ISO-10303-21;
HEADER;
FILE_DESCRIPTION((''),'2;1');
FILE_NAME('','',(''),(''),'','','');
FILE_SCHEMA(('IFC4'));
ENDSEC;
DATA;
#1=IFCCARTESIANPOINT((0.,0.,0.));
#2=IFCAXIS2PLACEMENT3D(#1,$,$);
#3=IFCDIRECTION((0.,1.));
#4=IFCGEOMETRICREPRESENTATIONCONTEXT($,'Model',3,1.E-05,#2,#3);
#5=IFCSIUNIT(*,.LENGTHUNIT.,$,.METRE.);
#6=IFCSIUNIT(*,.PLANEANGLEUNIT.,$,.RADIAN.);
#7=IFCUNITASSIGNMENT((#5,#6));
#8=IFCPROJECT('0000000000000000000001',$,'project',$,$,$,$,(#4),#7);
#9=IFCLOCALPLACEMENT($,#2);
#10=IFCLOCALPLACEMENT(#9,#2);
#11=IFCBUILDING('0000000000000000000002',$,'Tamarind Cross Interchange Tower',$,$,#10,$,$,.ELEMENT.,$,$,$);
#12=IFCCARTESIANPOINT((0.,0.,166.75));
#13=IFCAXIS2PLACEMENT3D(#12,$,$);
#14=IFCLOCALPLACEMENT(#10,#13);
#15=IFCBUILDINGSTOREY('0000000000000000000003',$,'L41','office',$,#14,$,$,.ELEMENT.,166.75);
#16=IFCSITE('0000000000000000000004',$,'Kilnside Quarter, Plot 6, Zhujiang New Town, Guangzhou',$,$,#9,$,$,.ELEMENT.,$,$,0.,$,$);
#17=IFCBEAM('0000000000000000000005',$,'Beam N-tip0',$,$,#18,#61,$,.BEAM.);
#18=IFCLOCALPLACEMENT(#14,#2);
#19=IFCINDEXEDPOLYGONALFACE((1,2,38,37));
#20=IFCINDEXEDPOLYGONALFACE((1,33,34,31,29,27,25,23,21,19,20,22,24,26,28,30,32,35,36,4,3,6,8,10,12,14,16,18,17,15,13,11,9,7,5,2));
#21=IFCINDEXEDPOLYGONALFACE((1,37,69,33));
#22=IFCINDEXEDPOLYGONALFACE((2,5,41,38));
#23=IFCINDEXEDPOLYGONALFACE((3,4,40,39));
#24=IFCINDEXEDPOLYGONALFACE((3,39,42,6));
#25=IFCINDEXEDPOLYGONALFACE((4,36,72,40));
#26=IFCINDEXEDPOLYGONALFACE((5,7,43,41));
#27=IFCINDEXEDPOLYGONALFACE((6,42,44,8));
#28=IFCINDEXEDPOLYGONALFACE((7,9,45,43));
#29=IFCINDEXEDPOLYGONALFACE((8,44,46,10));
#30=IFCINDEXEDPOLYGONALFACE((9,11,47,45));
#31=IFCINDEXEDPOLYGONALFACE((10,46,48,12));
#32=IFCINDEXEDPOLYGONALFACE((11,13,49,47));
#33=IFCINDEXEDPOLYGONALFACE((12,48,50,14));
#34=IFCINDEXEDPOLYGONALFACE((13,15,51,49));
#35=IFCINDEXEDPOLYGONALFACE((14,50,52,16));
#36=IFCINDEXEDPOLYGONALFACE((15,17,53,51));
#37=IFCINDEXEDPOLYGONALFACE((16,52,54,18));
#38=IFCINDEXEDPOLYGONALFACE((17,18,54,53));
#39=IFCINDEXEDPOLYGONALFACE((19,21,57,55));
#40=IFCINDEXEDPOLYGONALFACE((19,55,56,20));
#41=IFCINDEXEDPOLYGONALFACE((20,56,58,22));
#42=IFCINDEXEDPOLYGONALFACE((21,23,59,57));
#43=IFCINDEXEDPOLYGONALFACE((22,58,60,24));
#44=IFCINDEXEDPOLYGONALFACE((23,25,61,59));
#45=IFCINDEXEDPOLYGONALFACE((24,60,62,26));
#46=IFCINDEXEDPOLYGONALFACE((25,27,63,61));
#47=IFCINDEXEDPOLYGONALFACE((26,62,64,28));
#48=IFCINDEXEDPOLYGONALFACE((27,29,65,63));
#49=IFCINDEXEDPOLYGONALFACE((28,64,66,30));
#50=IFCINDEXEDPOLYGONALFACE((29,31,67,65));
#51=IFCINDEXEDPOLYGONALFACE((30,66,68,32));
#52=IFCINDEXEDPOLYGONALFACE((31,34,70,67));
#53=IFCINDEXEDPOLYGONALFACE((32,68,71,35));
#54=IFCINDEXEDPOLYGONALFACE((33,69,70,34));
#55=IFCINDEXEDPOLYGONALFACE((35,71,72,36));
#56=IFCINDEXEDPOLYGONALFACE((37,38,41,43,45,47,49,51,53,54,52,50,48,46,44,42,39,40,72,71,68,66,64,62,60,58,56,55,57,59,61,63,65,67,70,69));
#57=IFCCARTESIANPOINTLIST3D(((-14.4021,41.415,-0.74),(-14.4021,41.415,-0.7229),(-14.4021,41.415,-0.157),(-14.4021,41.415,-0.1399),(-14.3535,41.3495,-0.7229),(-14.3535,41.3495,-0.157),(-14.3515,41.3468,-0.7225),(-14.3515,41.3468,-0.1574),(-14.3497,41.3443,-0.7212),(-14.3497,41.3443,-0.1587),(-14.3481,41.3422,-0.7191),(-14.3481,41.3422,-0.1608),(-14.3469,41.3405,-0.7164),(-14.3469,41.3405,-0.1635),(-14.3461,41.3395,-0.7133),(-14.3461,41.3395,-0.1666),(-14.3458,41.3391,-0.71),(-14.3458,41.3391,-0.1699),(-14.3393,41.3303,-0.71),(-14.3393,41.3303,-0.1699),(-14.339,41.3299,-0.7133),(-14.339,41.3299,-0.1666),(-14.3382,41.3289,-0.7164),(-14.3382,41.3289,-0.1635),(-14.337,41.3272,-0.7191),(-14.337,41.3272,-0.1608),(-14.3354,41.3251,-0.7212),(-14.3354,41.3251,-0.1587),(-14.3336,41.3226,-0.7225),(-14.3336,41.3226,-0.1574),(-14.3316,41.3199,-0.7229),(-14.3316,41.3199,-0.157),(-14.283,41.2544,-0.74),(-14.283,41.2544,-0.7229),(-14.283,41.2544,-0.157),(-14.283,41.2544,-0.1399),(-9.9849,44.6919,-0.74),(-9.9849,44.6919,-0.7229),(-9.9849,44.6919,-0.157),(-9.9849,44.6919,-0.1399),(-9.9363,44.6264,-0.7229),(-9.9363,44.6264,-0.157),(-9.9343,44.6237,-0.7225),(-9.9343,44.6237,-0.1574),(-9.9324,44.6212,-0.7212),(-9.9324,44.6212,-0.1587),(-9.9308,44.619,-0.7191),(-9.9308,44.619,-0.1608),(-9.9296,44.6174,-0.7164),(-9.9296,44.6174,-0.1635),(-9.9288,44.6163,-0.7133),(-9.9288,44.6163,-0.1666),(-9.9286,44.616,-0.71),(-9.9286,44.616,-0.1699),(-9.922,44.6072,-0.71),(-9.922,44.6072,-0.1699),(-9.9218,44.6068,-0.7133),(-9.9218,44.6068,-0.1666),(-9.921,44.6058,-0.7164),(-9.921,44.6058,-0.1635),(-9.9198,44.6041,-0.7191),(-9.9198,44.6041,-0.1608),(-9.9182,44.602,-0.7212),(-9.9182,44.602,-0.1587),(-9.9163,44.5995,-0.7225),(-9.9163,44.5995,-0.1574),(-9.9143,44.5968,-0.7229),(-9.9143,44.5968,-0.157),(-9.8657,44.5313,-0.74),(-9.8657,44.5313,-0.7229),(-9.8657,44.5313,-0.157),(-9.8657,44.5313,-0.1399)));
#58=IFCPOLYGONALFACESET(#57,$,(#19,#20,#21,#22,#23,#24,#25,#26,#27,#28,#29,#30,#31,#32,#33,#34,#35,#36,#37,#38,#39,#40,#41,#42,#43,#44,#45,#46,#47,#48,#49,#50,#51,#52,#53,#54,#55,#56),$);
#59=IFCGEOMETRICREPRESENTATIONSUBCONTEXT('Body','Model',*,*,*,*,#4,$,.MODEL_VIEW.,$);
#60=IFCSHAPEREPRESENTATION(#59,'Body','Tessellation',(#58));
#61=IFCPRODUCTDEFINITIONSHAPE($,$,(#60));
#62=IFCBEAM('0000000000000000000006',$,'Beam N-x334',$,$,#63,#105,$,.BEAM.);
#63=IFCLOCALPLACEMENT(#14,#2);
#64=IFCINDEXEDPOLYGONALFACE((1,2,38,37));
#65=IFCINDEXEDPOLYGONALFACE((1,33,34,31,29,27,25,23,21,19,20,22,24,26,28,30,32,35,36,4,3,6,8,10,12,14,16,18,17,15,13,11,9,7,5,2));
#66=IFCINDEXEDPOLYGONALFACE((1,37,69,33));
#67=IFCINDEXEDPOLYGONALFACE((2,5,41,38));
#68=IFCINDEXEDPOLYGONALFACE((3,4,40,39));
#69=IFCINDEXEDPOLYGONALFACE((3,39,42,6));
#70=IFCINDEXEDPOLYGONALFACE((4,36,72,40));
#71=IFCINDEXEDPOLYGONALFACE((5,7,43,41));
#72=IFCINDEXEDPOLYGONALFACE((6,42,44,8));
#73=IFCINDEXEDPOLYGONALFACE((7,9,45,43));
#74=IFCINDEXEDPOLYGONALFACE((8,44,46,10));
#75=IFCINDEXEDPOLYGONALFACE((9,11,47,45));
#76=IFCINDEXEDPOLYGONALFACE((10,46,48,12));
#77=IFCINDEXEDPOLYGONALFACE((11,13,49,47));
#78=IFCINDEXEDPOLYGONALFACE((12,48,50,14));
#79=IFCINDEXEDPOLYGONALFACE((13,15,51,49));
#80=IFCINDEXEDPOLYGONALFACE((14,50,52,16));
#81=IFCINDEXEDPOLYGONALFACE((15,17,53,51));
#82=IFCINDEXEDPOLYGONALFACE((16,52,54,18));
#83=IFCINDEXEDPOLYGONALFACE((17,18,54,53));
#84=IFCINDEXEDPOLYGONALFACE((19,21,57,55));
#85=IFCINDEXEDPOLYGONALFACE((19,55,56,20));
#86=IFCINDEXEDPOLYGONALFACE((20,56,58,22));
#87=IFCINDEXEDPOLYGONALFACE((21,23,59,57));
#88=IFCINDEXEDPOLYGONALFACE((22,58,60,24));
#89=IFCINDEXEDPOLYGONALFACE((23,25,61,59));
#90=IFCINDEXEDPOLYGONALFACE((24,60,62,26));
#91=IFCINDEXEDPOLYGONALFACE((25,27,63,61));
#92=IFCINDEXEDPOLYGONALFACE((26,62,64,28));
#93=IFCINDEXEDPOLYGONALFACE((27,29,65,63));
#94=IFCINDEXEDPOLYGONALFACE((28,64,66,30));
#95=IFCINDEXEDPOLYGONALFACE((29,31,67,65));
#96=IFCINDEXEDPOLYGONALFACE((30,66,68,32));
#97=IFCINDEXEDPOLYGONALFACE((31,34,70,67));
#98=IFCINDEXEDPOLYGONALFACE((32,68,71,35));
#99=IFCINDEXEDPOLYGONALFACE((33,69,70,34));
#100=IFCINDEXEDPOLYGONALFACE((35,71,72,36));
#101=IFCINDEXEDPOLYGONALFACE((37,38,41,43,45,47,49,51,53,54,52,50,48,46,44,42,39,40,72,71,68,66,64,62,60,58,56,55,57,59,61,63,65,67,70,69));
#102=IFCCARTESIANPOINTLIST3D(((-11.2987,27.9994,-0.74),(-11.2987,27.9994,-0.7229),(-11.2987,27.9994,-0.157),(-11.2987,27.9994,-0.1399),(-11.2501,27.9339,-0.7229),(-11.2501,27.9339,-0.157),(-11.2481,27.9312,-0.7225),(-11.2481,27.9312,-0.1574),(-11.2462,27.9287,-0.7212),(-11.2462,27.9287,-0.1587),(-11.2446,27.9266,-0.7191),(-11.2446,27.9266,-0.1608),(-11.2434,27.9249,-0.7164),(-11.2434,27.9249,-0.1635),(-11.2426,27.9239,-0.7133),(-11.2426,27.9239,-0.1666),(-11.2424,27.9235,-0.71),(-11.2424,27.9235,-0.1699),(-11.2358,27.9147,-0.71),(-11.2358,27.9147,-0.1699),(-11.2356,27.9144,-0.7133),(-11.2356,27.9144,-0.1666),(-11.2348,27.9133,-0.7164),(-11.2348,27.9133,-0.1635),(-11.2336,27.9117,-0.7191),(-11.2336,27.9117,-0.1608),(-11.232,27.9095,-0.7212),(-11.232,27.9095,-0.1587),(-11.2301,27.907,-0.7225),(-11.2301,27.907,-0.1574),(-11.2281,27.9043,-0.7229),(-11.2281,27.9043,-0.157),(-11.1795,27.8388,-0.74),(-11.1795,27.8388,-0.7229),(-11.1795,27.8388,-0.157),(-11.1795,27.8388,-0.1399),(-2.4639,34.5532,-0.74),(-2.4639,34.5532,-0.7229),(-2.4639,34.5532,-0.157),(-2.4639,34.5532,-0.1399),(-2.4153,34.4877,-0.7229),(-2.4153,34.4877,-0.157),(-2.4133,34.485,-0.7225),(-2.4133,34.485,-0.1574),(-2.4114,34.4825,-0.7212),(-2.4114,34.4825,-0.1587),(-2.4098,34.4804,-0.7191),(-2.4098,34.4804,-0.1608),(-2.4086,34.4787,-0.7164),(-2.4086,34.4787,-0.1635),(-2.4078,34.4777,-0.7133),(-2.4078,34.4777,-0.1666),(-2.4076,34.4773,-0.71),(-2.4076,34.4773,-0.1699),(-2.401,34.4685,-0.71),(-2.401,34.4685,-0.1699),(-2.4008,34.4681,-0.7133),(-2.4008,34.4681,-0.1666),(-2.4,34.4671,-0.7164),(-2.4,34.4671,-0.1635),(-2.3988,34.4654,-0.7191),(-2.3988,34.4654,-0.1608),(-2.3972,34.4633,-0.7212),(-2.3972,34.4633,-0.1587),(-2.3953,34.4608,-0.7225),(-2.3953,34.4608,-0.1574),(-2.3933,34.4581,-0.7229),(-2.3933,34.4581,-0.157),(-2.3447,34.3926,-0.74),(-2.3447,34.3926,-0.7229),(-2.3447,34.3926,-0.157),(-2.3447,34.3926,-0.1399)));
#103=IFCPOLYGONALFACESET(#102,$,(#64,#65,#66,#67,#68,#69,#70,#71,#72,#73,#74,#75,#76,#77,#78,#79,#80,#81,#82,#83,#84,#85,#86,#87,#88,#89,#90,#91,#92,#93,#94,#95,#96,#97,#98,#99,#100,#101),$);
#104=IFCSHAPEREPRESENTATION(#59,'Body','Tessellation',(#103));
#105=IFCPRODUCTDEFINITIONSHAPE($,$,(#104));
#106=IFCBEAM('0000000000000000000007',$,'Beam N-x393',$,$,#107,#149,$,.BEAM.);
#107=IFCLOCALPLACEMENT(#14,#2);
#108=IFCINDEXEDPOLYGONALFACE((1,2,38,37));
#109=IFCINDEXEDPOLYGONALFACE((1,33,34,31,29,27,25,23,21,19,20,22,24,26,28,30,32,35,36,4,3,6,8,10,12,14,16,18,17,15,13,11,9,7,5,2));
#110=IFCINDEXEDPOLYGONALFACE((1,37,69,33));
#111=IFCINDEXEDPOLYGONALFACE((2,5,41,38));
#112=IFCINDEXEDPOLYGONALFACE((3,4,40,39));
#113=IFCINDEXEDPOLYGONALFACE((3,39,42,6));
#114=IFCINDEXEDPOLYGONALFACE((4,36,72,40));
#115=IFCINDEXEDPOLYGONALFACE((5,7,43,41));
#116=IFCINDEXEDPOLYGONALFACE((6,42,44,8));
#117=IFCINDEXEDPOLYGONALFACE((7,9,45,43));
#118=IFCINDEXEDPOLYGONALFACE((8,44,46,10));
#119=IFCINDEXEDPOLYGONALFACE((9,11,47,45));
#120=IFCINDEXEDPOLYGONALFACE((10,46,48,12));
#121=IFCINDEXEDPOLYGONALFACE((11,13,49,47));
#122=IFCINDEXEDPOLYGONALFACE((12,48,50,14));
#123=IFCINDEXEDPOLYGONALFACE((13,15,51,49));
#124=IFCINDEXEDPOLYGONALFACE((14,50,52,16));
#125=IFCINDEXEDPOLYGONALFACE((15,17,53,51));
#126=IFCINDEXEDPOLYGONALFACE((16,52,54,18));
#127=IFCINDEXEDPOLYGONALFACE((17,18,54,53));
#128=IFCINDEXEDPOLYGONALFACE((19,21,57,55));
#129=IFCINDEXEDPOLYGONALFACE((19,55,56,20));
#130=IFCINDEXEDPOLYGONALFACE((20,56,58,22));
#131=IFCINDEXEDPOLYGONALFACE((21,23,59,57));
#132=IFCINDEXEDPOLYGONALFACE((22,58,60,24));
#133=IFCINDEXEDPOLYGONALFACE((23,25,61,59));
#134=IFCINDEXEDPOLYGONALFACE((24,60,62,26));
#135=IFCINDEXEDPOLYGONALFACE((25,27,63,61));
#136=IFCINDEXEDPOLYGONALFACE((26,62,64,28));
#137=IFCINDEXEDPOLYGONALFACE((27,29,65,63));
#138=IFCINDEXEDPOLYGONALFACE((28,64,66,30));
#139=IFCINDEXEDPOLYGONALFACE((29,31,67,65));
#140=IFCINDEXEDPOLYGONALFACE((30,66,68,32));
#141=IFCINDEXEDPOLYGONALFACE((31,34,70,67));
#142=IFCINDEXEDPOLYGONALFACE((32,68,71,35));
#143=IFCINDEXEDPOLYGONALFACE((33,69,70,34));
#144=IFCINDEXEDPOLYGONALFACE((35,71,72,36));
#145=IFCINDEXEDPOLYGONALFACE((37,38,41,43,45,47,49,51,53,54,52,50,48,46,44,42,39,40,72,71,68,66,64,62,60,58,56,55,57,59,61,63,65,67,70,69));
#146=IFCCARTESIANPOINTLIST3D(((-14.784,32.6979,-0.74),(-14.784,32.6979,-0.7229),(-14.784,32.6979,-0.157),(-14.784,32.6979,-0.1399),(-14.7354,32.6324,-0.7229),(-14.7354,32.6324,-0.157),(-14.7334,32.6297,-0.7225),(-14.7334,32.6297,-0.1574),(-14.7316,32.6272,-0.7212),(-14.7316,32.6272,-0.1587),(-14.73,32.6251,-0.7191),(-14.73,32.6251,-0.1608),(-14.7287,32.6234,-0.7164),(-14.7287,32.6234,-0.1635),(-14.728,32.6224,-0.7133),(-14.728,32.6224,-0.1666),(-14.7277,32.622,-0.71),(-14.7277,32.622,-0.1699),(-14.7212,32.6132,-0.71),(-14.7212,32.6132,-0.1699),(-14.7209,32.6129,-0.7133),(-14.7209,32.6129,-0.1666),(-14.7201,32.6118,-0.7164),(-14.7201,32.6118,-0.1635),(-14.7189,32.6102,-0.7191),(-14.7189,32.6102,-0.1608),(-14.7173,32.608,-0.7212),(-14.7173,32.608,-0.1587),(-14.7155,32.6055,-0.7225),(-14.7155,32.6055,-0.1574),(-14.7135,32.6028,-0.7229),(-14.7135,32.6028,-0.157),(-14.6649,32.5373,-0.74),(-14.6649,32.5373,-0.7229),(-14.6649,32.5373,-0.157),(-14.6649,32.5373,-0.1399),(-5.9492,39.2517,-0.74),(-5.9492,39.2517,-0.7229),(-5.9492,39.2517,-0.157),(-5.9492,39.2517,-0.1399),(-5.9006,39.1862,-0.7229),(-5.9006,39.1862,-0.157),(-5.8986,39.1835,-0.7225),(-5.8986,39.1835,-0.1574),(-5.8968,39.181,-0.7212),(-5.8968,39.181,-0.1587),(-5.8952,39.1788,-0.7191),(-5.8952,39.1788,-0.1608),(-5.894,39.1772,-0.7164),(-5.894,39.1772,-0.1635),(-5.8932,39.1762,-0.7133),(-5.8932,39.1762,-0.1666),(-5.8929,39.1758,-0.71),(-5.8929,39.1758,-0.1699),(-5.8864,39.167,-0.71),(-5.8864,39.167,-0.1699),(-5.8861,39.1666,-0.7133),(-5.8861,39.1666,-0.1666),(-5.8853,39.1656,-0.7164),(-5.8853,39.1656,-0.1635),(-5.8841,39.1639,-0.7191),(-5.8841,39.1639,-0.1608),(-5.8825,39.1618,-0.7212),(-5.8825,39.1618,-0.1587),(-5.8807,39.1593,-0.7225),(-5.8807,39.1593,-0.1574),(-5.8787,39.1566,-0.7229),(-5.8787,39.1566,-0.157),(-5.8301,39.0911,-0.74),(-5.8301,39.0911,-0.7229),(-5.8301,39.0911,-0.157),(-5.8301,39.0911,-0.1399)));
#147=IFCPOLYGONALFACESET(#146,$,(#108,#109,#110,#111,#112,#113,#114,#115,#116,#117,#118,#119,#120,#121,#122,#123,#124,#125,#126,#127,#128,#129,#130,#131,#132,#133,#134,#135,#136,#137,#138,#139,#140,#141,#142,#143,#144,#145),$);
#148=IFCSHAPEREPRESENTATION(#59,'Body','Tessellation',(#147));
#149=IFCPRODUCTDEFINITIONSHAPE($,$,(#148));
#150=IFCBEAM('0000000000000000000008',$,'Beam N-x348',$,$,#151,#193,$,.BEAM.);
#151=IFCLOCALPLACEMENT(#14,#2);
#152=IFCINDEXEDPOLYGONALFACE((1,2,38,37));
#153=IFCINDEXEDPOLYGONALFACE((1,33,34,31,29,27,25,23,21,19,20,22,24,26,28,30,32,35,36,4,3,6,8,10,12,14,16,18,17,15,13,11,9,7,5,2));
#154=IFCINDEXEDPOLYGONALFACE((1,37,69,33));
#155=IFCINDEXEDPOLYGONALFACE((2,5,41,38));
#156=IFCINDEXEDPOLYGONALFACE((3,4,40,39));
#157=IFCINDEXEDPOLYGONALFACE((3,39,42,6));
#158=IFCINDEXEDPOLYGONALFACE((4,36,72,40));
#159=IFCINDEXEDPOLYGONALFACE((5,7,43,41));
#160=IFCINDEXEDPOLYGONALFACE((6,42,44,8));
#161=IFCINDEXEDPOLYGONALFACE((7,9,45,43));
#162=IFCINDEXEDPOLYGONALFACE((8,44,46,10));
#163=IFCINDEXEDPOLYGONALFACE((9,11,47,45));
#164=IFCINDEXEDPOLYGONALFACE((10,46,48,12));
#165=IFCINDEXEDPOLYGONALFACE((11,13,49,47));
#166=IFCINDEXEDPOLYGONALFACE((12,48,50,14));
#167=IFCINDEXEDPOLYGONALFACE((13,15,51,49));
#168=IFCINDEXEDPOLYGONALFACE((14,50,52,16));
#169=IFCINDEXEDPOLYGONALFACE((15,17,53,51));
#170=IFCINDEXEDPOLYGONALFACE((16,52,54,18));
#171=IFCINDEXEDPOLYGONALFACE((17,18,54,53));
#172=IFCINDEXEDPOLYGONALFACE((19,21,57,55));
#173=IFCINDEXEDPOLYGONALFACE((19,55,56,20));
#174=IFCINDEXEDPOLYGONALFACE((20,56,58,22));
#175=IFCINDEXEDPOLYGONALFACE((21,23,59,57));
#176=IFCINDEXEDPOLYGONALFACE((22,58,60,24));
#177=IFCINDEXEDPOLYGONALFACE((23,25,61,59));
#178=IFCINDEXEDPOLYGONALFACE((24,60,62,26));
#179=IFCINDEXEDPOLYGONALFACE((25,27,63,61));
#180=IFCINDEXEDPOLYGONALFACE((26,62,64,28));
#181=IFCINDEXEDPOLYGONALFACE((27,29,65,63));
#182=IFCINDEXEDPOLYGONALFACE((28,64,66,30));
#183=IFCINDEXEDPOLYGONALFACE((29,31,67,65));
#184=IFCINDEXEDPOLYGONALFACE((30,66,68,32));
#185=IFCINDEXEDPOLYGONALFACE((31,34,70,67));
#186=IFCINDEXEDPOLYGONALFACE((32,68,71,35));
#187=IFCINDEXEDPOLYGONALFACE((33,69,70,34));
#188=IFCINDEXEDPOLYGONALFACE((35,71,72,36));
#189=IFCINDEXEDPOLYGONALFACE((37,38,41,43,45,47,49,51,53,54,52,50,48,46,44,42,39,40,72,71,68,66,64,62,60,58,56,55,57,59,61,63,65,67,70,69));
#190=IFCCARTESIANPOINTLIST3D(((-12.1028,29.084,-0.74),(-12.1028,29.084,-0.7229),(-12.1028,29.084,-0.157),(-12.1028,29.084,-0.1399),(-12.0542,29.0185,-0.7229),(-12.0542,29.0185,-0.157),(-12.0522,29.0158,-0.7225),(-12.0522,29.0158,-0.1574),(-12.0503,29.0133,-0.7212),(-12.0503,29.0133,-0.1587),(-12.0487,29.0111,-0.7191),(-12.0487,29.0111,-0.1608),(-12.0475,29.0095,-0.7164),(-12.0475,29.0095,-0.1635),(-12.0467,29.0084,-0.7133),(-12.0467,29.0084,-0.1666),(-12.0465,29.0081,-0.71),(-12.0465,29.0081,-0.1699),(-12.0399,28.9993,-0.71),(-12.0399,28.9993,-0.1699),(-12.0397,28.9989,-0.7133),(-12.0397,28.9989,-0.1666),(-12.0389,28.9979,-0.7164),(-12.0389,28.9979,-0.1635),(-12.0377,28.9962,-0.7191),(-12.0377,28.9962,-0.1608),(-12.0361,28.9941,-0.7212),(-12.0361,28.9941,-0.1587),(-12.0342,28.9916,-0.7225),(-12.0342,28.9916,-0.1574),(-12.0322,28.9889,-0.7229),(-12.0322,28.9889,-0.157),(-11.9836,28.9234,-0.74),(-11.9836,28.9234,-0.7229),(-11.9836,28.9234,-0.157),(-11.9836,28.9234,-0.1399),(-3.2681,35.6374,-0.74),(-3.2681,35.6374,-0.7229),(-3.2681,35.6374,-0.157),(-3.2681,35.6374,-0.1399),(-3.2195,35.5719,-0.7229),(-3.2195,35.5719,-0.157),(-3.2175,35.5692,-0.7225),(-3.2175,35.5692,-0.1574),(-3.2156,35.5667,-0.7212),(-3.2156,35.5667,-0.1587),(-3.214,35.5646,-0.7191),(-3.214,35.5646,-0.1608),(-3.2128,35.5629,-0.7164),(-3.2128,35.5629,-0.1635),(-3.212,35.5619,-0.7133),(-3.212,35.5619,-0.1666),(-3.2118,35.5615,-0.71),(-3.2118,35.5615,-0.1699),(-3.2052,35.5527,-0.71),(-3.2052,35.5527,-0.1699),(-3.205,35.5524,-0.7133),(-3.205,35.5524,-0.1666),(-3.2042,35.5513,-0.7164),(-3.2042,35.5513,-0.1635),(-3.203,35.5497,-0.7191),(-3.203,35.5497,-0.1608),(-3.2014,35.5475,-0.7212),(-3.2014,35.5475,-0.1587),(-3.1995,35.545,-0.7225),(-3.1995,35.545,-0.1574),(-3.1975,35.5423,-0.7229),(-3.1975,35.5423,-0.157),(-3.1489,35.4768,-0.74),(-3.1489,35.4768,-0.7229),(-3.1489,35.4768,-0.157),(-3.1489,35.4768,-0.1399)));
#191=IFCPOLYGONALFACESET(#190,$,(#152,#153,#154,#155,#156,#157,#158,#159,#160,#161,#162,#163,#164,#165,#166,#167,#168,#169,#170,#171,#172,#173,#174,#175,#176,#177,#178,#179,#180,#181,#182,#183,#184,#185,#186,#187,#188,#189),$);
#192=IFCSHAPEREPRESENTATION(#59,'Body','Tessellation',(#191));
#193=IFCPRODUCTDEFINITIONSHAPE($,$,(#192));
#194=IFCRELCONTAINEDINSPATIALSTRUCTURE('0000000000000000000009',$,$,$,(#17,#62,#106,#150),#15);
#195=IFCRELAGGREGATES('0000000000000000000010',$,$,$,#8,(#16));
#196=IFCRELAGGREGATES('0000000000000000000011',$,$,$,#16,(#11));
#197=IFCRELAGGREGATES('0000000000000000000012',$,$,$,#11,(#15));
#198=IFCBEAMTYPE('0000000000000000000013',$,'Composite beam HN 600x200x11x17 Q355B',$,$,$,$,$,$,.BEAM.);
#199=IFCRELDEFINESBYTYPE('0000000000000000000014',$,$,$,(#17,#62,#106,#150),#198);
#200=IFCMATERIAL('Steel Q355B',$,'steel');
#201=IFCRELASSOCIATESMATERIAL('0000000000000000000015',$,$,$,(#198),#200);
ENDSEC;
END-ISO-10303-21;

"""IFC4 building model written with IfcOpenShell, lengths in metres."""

from ifc_helpers import new_model, si_unit, direction, frame, origin, origin_2d, place, context, subcontext, project, spatial, i_section, extrude, material, material_profile, profile_set, type_object, element, save


model = new_model("IFC4")

# Units and contexts
model_context = context("Model", 3, precision=1e-05, world=origin(), true_north=direction((0.0, 1.0)))
body_context = subcontext(model_context, "Body", "Model", "MODEL_VIEW")
ifc_project = project(units=[si_unit("LENGTHUNIT", "METRE"), si_unit("PLANEANGLEUNIT", "RADIAN")], contexts=[model_context])

# Site, building, storey
site_placement = place(None, origin())
site = spatial("IfcSite", under=ifc_project, at=site_placement, Name="Kilnside Quarter, Plot 6, Zhujiang New Town, Guangzhou", CompositionType="ELEMENT", RefElevation=0.0)
building_placement = place(site_placement, origin())
building = spatial("IfcBuilding", under=site, at=building_placement, Name="Tamarind Cross Interchange Tower", CompositionType="ELEMENT")
storey_placement = place(building_placement, frame((0.0, 0.0, 166.75)))
storey = spatial("IfcBuildingStorey", under=building, at=storey_placement, Name="L41", Description="office", CompositionType="ELEMENT", Elevation=166.75)

# Beams
ifc_material_1 = material(Name="Steel Q355B", Category="steel")
ifc_material_profile_1 = material_profile(ifc_material_1, i_section(OverallWidth=0.2, OverallDepth=0.6001, WebThickness=0.011, FlangeThickness=0.0171, FilletRadius=0.0129, at=origin_2d()), Name="HN 600x200x11x17")
ifc_profile_set_1 = profile_set([ifc_material_profile_1], Name="Steel Q355B")
beam_type_1 = type_object("IfcBeamType", Name="Composite beam HN 600x200x11x17 Q355B", PredefinedType="BEAM", material=ifc_profile_set_1)
beam_1_placement = place(storey_placement, frame((-9.9253, 44.6116, -0.4399), z_axis=(-0.803137, -0.595794, 0.0), x_axis=(0.595794, -0.803137, 0.0)))
element("IfcBeam", 1, at=beam_1_placement, inside=storey, type_object=beam_type_1, Name="Beam N-tip0", PredefinedType="BEAM", context=body_context, shape_type="SweptSolid", body=[
    extrude(i_section(OverallWidth=0.2, OverallDepth=0.6001, WebThickness=0.011, FlangeThickness=0.0171, FilletRadius=0.0129, at=origin_2d()), origin(), (0.0, 0.0, 1.0), 5.5),
])
for number, where, z_axis, x_axis, name in (
    (2, (-2.4043, 34.4729, -0.4399), (-0.803145, -0.595784, 0.0), (0.595784, -0.803145, 0.0), "Beam N-x334"),
    (3, (-5.8896, 39.1714, -0.4399), (-0.803145, -0.595784, 0.0), (0.595784, -0.803145, 0.0), "Beam N-x393"),
):
    element("IfcBeam", number, at=place(storey_placement, frame(where, z_axis=z_axis, x_axis=x_axis)), inside=storey, type_object=beam_type_1, Name=name, PredefinedType="BEAM", context=body_context, shape_type="SweptSolid", body=[
        extrude(i_section(OverallWidth=0.2, OverallDepth=0.6001, WebThickness=0.011, FlangeThickness=0.0171, FilletRadius=0.0129, at=origin_2d()), origin(), (0.0, 0.0, 1.0), 11.0002),
    ])
beam_2_placement = place(storey_placement, frame((-3.2085, 35.5571, -0.4399), z_axis=(-0.803156, -0.595769, 0.0), x_axis=(0.595769, -0.803156, 0.0)))
element("IfcBeam", 4, at=beam_2_placement, inside=storey, type_object=beam_type_1, Name="Beam N-x348", PredefinedType="BEAM", context=body_context, shape_type="SweptSolid", body=[
    extrude(i_section(OverallWidth=0.2, OverallDepth=0.6001, WebThickness=0.011, FlangeThickness=0.0171, FilletRadius=0.0129, at=origin_2d()), origin(), (0.0, 0.0, 1.0), 11.0),
])

save(model, "model.ifc")
